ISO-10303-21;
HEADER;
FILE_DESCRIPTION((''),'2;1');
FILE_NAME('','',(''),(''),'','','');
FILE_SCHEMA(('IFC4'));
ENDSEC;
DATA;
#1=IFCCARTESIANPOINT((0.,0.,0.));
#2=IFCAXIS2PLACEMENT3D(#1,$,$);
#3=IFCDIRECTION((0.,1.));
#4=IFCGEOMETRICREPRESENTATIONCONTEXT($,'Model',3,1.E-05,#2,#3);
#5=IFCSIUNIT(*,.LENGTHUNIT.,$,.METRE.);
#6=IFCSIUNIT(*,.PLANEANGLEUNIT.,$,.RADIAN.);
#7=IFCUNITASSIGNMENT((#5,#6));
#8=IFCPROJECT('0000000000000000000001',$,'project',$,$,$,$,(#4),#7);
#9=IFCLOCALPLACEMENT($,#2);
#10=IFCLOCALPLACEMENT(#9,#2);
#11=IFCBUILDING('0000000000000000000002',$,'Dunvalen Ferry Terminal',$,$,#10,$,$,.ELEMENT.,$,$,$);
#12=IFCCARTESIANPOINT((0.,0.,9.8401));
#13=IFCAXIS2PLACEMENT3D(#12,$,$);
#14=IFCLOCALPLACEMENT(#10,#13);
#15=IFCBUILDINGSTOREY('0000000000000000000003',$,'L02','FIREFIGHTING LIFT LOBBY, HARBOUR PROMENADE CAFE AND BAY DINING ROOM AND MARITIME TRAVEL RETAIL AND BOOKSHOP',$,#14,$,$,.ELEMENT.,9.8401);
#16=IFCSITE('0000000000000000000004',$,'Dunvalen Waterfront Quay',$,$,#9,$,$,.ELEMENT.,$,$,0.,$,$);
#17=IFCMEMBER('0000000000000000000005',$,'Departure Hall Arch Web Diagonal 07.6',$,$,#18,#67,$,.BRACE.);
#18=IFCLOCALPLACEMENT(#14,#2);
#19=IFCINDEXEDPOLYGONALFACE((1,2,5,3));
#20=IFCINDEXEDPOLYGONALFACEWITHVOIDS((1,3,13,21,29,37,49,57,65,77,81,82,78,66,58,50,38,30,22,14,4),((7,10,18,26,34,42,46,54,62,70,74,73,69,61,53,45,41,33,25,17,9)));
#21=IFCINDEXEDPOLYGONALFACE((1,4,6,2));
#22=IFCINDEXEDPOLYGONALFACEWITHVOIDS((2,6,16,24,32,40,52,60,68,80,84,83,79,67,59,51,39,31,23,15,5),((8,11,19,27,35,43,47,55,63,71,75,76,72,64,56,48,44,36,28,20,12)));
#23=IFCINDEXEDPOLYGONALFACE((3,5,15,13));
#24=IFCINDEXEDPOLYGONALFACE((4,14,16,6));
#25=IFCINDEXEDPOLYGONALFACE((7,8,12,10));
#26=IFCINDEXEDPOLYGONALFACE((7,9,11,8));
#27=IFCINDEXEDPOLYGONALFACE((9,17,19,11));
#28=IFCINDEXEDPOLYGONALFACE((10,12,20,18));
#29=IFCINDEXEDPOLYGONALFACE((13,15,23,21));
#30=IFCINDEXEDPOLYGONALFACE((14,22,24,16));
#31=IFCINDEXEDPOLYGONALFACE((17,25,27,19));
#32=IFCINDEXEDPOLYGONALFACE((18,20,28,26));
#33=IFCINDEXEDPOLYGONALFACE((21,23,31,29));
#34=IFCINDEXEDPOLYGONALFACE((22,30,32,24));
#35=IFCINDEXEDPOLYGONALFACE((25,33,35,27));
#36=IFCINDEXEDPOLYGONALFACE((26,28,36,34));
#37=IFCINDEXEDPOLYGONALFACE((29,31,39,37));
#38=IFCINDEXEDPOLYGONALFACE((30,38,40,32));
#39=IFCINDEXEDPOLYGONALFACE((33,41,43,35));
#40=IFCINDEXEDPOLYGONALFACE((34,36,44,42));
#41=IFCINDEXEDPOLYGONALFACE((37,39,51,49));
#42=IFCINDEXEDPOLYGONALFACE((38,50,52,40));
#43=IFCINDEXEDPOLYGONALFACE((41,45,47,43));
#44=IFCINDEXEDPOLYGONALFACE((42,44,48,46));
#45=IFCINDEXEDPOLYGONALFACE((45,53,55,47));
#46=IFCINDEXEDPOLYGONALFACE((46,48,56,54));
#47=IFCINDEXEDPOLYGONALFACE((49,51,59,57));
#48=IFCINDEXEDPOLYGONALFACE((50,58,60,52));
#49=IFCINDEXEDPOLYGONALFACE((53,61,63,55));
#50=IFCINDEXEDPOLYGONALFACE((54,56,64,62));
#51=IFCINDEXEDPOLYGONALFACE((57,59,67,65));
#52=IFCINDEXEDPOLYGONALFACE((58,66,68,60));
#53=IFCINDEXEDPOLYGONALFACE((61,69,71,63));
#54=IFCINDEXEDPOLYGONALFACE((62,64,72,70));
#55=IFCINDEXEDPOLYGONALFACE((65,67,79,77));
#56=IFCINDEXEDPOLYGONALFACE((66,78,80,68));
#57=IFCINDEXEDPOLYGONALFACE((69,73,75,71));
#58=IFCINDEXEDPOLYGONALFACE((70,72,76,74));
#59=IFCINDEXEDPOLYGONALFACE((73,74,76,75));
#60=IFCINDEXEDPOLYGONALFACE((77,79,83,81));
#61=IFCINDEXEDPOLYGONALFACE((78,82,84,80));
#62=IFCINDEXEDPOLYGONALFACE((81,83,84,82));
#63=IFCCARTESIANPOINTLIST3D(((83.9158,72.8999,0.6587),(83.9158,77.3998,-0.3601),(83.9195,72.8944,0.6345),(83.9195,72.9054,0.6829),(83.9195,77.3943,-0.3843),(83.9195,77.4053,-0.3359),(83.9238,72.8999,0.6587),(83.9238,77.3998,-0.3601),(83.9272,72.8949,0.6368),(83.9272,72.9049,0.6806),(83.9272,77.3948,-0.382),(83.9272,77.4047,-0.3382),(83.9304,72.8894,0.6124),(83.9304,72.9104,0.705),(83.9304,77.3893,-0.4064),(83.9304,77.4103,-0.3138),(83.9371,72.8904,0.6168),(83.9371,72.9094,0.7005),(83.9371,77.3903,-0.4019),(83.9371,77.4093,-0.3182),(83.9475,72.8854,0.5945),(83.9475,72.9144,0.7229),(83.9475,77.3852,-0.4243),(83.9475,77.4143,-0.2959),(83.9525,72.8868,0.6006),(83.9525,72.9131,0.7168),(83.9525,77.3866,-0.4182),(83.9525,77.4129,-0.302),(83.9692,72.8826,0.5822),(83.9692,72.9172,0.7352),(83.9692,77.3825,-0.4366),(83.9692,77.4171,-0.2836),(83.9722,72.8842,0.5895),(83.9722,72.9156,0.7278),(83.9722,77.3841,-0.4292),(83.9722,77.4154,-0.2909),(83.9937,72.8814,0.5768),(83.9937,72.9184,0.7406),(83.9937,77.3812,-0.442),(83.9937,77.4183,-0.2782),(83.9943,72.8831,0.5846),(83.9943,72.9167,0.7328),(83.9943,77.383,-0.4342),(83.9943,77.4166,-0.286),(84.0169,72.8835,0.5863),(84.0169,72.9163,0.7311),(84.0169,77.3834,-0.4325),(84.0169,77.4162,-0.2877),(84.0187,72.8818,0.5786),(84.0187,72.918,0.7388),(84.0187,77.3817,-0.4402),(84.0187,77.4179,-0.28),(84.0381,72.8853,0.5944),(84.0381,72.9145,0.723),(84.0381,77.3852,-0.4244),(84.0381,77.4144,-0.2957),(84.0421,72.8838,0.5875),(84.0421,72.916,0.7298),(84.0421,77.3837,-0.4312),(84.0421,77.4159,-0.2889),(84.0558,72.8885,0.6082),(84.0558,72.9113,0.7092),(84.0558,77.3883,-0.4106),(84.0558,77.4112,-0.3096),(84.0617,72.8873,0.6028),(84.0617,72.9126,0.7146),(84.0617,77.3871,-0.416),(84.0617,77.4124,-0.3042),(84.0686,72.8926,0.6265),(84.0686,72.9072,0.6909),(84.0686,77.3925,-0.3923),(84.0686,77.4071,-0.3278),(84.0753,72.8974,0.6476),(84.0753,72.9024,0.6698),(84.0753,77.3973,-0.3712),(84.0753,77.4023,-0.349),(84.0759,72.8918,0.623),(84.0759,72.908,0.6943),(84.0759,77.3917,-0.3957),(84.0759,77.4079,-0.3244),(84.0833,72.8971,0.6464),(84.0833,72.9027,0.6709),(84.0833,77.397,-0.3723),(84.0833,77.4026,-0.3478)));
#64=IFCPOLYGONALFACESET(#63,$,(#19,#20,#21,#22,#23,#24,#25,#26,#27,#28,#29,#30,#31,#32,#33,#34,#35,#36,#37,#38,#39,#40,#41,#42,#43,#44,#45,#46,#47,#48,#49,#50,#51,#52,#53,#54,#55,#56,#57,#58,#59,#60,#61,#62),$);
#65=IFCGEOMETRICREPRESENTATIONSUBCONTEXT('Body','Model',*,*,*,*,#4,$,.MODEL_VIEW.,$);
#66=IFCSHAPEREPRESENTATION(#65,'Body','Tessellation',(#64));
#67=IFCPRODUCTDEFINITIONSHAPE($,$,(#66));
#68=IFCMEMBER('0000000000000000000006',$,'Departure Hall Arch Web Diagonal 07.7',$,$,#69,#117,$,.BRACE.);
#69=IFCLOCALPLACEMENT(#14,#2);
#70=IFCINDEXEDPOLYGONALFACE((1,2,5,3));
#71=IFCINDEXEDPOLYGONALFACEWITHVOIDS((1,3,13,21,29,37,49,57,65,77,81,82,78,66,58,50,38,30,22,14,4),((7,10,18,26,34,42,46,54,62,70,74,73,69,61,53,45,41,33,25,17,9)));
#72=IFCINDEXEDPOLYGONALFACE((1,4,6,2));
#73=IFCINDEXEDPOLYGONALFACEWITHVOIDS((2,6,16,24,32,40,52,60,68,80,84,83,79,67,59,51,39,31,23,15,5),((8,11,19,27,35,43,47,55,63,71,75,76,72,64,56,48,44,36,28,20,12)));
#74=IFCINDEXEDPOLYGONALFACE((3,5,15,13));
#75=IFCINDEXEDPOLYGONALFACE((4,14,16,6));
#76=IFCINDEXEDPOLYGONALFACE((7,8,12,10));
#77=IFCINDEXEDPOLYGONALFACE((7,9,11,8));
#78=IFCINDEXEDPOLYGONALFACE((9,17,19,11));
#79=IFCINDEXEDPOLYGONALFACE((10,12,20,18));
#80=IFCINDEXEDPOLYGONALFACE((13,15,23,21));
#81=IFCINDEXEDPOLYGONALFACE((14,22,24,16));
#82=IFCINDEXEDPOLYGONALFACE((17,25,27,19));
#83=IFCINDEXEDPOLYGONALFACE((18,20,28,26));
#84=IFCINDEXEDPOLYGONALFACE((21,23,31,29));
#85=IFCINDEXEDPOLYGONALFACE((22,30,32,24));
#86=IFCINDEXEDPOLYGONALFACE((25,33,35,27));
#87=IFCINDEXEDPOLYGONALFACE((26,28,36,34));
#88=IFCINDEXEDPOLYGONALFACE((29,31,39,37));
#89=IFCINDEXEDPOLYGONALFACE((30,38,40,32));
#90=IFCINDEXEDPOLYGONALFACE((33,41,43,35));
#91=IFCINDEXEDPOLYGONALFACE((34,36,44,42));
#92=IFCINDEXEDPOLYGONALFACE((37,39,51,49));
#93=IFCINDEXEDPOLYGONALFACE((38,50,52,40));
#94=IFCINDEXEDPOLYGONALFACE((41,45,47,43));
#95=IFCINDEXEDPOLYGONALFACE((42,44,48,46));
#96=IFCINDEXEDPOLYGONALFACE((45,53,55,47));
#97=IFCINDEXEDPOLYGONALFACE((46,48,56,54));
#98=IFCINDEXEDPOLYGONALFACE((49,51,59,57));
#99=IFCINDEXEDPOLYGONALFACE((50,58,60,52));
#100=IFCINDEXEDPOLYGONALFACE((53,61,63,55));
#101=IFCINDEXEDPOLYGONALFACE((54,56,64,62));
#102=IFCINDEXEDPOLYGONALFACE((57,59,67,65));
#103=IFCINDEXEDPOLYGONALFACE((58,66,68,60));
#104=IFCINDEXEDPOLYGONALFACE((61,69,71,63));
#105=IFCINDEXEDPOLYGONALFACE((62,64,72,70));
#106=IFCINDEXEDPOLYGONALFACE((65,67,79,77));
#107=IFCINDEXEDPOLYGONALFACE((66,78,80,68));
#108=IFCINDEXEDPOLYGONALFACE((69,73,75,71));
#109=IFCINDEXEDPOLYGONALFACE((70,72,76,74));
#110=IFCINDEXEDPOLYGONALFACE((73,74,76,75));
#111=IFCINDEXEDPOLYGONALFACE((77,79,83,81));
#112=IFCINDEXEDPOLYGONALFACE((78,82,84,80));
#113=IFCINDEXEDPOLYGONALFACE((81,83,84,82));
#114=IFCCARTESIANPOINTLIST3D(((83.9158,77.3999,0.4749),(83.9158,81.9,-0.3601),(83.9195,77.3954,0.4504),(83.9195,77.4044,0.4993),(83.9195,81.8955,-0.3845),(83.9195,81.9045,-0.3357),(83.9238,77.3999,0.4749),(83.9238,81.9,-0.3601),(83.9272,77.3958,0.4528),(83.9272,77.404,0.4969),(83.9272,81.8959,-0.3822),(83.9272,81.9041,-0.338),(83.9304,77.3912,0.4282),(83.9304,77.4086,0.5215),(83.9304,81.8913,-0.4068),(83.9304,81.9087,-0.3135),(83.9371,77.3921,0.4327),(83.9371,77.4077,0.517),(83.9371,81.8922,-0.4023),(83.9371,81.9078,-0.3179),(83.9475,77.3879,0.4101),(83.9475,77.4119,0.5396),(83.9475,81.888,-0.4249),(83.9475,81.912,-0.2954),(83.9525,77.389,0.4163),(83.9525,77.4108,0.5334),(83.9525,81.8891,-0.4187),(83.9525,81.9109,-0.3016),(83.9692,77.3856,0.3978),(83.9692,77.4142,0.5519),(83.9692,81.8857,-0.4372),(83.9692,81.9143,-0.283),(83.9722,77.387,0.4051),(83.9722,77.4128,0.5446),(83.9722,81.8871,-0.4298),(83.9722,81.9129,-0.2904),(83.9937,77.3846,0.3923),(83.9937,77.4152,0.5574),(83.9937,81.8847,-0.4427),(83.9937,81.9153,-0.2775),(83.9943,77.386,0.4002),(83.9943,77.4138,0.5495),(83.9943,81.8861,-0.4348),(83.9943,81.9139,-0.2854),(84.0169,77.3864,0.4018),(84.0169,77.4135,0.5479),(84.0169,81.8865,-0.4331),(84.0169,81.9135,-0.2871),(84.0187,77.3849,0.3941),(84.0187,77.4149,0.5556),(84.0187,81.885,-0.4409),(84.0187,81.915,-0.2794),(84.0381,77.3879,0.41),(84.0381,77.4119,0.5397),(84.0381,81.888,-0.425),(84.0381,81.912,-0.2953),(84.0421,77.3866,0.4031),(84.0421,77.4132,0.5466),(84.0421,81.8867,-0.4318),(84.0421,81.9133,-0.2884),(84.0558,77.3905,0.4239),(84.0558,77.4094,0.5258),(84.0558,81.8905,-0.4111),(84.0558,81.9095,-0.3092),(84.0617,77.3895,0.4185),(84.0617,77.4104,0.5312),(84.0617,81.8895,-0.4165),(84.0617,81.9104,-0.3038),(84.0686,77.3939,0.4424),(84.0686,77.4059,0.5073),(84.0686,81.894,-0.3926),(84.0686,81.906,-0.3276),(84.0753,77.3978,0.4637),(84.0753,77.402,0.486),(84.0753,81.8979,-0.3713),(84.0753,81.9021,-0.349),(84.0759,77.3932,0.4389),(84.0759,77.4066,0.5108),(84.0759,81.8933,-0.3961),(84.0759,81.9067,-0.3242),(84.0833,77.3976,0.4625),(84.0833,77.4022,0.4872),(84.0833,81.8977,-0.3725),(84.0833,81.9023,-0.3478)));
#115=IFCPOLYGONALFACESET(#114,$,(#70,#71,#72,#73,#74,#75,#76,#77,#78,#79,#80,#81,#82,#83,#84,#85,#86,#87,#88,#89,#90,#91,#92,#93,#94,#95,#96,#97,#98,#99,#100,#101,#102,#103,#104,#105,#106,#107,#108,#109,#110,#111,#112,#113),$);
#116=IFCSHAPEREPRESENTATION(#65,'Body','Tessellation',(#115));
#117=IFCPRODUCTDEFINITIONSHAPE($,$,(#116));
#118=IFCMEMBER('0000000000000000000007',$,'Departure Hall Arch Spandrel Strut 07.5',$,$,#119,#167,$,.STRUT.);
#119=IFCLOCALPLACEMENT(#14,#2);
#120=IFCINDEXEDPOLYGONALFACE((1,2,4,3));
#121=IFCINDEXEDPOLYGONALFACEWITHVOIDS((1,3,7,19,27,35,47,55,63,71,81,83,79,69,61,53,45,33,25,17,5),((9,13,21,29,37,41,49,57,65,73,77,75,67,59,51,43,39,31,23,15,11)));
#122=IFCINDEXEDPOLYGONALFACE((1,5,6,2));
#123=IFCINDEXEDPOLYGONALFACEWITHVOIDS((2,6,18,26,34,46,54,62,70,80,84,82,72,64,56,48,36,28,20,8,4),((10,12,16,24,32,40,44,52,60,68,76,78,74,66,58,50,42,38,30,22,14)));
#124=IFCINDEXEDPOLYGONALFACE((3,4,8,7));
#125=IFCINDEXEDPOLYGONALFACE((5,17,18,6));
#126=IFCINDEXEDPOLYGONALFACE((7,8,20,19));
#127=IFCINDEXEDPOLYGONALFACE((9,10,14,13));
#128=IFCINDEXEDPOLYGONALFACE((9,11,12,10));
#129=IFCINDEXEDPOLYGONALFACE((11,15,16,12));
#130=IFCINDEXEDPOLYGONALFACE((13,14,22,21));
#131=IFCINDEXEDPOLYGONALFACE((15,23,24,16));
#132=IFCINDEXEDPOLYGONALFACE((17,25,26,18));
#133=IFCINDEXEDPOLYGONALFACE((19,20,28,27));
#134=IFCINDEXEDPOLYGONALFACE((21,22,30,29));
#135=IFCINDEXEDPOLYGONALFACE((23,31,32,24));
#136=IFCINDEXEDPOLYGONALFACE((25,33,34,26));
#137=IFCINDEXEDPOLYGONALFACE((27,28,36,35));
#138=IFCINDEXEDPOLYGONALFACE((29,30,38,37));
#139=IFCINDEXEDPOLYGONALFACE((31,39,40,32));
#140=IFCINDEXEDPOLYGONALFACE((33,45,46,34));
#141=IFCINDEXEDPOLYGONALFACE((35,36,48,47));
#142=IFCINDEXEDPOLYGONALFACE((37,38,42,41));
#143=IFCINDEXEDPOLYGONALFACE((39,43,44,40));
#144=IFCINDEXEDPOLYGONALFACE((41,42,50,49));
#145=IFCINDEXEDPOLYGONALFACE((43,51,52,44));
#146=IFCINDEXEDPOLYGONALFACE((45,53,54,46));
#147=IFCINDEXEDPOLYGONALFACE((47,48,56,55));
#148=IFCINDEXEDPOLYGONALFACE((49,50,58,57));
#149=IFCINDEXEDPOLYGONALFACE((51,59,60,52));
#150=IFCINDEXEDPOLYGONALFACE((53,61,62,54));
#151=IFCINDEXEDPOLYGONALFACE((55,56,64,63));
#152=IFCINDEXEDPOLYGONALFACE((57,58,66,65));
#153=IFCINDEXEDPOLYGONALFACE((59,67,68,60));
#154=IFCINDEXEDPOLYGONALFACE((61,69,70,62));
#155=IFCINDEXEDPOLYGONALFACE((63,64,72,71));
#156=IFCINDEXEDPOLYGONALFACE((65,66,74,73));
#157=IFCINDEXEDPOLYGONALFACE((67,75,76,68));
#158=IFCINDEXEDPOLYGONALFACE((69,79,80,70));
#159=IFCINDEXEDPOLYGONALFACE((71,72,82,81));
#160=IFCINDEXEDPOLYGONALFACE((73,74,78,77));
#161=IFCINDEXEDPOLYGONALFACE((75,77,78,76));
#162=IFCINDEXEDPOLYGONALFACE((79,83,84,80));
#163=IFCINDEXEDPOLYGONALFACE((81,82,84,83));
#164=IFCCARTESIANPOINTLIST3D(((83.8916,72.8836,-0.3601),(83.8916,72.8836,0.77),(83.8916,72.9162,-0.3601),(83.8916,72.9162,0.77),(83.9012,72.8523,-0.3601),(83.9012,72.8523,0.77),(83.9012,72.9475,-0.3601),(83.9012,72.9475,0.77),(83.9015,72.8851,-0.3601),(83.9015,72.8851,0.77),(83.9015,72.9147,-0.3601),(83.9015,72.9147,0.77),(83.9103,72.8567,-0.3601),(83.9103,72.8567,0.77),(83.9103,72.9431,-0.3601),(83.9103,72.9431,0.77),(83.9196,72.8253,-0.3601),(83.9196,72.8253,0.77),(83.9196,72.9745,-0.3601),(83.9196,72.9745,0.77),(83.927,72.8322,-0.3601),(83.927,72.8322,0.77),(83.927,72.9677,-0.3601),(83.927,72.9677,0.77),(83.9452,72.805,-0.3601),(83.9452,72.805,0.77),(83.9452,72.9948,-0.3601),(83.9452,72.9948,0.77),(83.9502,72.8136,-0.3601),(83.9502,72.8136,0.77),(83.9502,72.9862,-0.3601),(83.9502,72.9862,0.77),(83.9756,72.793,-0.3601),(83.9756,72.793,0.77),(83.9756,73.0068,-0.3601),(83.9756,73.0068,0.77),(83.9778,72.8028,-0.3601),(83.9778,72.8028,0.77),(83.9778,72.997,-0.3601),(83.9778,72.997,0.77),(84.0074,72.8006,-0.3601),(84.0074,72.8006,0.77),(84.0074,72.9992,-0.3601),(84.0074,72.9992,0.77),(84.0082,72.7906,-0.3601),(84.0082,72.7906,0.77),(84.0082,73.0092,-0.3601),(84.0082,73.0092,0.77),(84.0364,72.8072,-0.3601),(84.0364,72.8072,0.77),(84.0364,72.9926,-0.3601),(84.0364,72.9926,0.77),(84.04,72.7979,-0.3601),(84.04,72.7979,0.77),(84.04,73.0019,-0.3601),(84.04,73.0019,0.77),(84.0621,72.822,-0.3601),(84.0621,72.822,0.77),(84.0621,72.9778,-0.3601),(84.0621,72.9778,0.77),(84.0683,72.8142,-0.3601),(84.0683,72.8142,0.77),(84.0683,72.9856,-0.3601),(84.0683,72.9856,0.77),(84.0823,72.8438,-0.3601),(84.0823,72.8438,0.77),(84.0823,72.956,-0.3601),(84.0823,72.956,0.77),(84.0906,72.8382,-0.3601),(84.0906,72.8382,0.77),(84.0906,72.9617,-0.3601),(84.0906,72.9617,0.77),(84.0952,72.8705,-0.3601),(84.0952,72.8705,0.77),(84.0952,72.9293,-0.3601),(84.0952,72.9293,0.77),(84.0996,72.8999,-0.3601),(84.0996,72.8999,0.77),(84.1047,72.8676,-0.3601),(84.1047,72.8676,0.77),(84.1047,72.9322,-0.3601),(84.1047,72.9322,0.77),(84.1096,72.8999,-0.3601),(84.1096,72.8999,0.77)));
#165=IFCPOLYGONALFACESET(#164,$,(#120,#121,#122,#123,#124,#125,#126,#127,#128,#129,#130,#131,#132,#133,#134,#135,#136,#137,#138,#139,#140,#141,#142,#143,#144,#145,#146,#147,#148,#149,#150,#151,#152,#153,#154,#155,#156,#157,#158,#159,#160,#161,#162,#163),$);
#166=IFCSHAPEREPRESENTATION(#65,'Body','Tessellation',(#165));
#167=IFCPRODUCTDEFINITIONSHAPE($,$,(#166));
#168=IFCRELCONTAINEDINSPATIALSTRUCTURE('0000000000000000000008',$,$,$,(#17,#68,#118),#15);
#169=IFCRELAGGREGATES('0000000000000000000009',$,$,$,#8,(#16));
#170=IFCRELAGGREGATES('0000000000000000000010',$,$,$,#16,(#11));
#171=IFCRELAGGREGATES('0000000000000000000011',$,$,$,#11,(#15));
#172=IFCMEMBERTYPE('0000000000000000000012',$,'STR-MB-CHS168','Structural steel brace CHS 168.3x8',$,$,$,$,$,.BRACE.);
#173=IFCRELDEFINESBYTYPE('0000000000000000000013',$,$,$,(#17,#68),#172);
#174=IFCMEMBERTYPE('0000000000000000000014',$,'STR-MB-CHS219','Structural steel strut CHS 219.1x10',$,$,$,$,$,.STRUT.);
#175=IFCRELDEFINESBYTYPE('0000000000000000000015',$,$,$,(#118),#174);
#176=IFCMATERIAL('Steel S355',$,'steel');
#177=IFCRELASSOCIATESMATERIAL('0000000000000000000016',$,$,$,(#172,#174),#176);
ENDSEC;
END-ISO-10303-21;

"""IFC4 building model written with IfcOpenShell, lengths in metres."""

from ifc_helpers import new_model, si_unit, direction, frame, origin, origin_2d, place, context, subcontext, project, spatial, hollow_circle, extrude, material, material_profile, profile_set, type_object, element, save


model = new_model("IFC4")

# Units and contexts
model_context = context("Model", 3, precision=1e-05, world=origin(), true_north=direction((0.0, 1.0)))
body_context = subcontext(model_context, "Body", "Model", "MODEL_VIEW")
ifc_project = project(units=[si_unit("LENGTHUNIT", "METRE"), si_unit("PLANEANGLEUNIT", "RADIAN")], contexts=[model_context])

# Site, building, storey
site_placement = place(None, origin())
site = spatial("IfcSite", under=ifc_project, at=site_placement, Name="Dunvalen Waterfront Quay", CompositionType="ELEMENT", RefElevation=0.0)
building_placement = place(site_placement, origin())
building = spatial("IfcBuilding", under=site, at=building_placement, Name="Dunvalen Ferry Terminal", CompositionType="ELEMENT")
storey_placement = place(building_placement, frame((0.0, 0.0, 9.8401)))
storey = spatial("IfcBuildingStorey", under=building, at=storey_placement, Name="L02", Description="FIREFIGHTING LIFT LOBBY, HARBOUR PROMENADE CAFE AND BAY DINING ROOM AND MARITIME TRAVEL RETAIL AND BOOKSHOP", CompositionType="ELEMENT", Elevation=9.8401)

# Shared definitions
ifc_material_1 = material(Name="Steel S355", Category="steel")

# Members
ifc_material_profile_1 = material_profile(ifc_material_1, hollow_circle(Radius=0.0842, WallThickness=0.0081, at=origin_2d()), Name="Steel S355")
ifc_profile_set_1 = profile_set([ifc_material_profile_1], Name="Steel S355")
member_type_1 = type_object("IfcMemberType", Name="STR-MB-CHS168", Description="Structural steel brace CHS 168.3x8", PredefinedType="BRACE", material=ifc_profile_set_1)
member_1_placement = place(storey_placement, frame((84.0, 72.8999, 0.6587), z_axis=(0.0, 0.975317, -0.220811), x_axis=(-1.0, 0.0, 0.0)))
element("IfcMember", 1, at=member_1_placement, inside=storey, type_object=member_type_1, Name="Departure Hall Arch Web Diagonal 07.6", PredefinedType="BRACE", context=body_context, shape_type="SweptSolid", body=[
    extrude(hollow_circle(Radius=0.0842, WallThickness=0.0081, at=origin_2d()), origin(), (0.0, 0.0, 1.0), 4.6138),
])
member_2_placement = place(storey_placement, frame((84.0, 77.3999, 0.4749), z_axis=(0.0, 0.983218, -0.182433), x_axis=(-1.0, 0.0, 0.0)))
element("IfcMember", 2, at=member_2_placement, inside=storey, type_object=member_type_1, Name="Departure Hall Arch Web Diagonal 07.7", PredefinedType="BRACE", context=body_context, shape_type="SweptSolid", body=[
    extrude(hollow_circle(Radius=0.0842, WallThickness=0.0081, at=origin_2d()), origin(), (0.0, 0.0, 1.0), 4.5769),
])
ifc_material_profile_2 = material_profile(ifc_material_1, hollow_circle(Radius=0.1096, WallThickness=0.01, at=origin_2d()), Name="Steel S355")
ifc_profile_set_2 = profile_set([ifc_material_profile_2], Name="Steel S355")
member_type_2 = type_object("IfcMemberType", Name="STR-MB-CHS219", Description="Structural steel strut CHS 219.1x10", PredefinedType="STRUT", material=ifc_profile_set_2)
member_3_placement = place(storey_placement, frame((84.0, 72.8999, -0.3601), z_axis=(0.0, 0.0, 1.0), x_axis=(1.0, 0.0, 0.0)))
element("IfcMember", 3, at=member_3_placement, inside=storey, type_object=member_type_2, Name="Departure Hall Arch Spandrel Strut 07.5", PredefinedType="STRUT", context=body_context, shape_type="SweptSolid", body=[
    extrude(hollow_circle(Radius=0.1096, WallThickness=0.01, at=origin_2d()), origin(), (0.0, 0.0, 1.0), 1.1301),
])

save(model, "model.ifc")
